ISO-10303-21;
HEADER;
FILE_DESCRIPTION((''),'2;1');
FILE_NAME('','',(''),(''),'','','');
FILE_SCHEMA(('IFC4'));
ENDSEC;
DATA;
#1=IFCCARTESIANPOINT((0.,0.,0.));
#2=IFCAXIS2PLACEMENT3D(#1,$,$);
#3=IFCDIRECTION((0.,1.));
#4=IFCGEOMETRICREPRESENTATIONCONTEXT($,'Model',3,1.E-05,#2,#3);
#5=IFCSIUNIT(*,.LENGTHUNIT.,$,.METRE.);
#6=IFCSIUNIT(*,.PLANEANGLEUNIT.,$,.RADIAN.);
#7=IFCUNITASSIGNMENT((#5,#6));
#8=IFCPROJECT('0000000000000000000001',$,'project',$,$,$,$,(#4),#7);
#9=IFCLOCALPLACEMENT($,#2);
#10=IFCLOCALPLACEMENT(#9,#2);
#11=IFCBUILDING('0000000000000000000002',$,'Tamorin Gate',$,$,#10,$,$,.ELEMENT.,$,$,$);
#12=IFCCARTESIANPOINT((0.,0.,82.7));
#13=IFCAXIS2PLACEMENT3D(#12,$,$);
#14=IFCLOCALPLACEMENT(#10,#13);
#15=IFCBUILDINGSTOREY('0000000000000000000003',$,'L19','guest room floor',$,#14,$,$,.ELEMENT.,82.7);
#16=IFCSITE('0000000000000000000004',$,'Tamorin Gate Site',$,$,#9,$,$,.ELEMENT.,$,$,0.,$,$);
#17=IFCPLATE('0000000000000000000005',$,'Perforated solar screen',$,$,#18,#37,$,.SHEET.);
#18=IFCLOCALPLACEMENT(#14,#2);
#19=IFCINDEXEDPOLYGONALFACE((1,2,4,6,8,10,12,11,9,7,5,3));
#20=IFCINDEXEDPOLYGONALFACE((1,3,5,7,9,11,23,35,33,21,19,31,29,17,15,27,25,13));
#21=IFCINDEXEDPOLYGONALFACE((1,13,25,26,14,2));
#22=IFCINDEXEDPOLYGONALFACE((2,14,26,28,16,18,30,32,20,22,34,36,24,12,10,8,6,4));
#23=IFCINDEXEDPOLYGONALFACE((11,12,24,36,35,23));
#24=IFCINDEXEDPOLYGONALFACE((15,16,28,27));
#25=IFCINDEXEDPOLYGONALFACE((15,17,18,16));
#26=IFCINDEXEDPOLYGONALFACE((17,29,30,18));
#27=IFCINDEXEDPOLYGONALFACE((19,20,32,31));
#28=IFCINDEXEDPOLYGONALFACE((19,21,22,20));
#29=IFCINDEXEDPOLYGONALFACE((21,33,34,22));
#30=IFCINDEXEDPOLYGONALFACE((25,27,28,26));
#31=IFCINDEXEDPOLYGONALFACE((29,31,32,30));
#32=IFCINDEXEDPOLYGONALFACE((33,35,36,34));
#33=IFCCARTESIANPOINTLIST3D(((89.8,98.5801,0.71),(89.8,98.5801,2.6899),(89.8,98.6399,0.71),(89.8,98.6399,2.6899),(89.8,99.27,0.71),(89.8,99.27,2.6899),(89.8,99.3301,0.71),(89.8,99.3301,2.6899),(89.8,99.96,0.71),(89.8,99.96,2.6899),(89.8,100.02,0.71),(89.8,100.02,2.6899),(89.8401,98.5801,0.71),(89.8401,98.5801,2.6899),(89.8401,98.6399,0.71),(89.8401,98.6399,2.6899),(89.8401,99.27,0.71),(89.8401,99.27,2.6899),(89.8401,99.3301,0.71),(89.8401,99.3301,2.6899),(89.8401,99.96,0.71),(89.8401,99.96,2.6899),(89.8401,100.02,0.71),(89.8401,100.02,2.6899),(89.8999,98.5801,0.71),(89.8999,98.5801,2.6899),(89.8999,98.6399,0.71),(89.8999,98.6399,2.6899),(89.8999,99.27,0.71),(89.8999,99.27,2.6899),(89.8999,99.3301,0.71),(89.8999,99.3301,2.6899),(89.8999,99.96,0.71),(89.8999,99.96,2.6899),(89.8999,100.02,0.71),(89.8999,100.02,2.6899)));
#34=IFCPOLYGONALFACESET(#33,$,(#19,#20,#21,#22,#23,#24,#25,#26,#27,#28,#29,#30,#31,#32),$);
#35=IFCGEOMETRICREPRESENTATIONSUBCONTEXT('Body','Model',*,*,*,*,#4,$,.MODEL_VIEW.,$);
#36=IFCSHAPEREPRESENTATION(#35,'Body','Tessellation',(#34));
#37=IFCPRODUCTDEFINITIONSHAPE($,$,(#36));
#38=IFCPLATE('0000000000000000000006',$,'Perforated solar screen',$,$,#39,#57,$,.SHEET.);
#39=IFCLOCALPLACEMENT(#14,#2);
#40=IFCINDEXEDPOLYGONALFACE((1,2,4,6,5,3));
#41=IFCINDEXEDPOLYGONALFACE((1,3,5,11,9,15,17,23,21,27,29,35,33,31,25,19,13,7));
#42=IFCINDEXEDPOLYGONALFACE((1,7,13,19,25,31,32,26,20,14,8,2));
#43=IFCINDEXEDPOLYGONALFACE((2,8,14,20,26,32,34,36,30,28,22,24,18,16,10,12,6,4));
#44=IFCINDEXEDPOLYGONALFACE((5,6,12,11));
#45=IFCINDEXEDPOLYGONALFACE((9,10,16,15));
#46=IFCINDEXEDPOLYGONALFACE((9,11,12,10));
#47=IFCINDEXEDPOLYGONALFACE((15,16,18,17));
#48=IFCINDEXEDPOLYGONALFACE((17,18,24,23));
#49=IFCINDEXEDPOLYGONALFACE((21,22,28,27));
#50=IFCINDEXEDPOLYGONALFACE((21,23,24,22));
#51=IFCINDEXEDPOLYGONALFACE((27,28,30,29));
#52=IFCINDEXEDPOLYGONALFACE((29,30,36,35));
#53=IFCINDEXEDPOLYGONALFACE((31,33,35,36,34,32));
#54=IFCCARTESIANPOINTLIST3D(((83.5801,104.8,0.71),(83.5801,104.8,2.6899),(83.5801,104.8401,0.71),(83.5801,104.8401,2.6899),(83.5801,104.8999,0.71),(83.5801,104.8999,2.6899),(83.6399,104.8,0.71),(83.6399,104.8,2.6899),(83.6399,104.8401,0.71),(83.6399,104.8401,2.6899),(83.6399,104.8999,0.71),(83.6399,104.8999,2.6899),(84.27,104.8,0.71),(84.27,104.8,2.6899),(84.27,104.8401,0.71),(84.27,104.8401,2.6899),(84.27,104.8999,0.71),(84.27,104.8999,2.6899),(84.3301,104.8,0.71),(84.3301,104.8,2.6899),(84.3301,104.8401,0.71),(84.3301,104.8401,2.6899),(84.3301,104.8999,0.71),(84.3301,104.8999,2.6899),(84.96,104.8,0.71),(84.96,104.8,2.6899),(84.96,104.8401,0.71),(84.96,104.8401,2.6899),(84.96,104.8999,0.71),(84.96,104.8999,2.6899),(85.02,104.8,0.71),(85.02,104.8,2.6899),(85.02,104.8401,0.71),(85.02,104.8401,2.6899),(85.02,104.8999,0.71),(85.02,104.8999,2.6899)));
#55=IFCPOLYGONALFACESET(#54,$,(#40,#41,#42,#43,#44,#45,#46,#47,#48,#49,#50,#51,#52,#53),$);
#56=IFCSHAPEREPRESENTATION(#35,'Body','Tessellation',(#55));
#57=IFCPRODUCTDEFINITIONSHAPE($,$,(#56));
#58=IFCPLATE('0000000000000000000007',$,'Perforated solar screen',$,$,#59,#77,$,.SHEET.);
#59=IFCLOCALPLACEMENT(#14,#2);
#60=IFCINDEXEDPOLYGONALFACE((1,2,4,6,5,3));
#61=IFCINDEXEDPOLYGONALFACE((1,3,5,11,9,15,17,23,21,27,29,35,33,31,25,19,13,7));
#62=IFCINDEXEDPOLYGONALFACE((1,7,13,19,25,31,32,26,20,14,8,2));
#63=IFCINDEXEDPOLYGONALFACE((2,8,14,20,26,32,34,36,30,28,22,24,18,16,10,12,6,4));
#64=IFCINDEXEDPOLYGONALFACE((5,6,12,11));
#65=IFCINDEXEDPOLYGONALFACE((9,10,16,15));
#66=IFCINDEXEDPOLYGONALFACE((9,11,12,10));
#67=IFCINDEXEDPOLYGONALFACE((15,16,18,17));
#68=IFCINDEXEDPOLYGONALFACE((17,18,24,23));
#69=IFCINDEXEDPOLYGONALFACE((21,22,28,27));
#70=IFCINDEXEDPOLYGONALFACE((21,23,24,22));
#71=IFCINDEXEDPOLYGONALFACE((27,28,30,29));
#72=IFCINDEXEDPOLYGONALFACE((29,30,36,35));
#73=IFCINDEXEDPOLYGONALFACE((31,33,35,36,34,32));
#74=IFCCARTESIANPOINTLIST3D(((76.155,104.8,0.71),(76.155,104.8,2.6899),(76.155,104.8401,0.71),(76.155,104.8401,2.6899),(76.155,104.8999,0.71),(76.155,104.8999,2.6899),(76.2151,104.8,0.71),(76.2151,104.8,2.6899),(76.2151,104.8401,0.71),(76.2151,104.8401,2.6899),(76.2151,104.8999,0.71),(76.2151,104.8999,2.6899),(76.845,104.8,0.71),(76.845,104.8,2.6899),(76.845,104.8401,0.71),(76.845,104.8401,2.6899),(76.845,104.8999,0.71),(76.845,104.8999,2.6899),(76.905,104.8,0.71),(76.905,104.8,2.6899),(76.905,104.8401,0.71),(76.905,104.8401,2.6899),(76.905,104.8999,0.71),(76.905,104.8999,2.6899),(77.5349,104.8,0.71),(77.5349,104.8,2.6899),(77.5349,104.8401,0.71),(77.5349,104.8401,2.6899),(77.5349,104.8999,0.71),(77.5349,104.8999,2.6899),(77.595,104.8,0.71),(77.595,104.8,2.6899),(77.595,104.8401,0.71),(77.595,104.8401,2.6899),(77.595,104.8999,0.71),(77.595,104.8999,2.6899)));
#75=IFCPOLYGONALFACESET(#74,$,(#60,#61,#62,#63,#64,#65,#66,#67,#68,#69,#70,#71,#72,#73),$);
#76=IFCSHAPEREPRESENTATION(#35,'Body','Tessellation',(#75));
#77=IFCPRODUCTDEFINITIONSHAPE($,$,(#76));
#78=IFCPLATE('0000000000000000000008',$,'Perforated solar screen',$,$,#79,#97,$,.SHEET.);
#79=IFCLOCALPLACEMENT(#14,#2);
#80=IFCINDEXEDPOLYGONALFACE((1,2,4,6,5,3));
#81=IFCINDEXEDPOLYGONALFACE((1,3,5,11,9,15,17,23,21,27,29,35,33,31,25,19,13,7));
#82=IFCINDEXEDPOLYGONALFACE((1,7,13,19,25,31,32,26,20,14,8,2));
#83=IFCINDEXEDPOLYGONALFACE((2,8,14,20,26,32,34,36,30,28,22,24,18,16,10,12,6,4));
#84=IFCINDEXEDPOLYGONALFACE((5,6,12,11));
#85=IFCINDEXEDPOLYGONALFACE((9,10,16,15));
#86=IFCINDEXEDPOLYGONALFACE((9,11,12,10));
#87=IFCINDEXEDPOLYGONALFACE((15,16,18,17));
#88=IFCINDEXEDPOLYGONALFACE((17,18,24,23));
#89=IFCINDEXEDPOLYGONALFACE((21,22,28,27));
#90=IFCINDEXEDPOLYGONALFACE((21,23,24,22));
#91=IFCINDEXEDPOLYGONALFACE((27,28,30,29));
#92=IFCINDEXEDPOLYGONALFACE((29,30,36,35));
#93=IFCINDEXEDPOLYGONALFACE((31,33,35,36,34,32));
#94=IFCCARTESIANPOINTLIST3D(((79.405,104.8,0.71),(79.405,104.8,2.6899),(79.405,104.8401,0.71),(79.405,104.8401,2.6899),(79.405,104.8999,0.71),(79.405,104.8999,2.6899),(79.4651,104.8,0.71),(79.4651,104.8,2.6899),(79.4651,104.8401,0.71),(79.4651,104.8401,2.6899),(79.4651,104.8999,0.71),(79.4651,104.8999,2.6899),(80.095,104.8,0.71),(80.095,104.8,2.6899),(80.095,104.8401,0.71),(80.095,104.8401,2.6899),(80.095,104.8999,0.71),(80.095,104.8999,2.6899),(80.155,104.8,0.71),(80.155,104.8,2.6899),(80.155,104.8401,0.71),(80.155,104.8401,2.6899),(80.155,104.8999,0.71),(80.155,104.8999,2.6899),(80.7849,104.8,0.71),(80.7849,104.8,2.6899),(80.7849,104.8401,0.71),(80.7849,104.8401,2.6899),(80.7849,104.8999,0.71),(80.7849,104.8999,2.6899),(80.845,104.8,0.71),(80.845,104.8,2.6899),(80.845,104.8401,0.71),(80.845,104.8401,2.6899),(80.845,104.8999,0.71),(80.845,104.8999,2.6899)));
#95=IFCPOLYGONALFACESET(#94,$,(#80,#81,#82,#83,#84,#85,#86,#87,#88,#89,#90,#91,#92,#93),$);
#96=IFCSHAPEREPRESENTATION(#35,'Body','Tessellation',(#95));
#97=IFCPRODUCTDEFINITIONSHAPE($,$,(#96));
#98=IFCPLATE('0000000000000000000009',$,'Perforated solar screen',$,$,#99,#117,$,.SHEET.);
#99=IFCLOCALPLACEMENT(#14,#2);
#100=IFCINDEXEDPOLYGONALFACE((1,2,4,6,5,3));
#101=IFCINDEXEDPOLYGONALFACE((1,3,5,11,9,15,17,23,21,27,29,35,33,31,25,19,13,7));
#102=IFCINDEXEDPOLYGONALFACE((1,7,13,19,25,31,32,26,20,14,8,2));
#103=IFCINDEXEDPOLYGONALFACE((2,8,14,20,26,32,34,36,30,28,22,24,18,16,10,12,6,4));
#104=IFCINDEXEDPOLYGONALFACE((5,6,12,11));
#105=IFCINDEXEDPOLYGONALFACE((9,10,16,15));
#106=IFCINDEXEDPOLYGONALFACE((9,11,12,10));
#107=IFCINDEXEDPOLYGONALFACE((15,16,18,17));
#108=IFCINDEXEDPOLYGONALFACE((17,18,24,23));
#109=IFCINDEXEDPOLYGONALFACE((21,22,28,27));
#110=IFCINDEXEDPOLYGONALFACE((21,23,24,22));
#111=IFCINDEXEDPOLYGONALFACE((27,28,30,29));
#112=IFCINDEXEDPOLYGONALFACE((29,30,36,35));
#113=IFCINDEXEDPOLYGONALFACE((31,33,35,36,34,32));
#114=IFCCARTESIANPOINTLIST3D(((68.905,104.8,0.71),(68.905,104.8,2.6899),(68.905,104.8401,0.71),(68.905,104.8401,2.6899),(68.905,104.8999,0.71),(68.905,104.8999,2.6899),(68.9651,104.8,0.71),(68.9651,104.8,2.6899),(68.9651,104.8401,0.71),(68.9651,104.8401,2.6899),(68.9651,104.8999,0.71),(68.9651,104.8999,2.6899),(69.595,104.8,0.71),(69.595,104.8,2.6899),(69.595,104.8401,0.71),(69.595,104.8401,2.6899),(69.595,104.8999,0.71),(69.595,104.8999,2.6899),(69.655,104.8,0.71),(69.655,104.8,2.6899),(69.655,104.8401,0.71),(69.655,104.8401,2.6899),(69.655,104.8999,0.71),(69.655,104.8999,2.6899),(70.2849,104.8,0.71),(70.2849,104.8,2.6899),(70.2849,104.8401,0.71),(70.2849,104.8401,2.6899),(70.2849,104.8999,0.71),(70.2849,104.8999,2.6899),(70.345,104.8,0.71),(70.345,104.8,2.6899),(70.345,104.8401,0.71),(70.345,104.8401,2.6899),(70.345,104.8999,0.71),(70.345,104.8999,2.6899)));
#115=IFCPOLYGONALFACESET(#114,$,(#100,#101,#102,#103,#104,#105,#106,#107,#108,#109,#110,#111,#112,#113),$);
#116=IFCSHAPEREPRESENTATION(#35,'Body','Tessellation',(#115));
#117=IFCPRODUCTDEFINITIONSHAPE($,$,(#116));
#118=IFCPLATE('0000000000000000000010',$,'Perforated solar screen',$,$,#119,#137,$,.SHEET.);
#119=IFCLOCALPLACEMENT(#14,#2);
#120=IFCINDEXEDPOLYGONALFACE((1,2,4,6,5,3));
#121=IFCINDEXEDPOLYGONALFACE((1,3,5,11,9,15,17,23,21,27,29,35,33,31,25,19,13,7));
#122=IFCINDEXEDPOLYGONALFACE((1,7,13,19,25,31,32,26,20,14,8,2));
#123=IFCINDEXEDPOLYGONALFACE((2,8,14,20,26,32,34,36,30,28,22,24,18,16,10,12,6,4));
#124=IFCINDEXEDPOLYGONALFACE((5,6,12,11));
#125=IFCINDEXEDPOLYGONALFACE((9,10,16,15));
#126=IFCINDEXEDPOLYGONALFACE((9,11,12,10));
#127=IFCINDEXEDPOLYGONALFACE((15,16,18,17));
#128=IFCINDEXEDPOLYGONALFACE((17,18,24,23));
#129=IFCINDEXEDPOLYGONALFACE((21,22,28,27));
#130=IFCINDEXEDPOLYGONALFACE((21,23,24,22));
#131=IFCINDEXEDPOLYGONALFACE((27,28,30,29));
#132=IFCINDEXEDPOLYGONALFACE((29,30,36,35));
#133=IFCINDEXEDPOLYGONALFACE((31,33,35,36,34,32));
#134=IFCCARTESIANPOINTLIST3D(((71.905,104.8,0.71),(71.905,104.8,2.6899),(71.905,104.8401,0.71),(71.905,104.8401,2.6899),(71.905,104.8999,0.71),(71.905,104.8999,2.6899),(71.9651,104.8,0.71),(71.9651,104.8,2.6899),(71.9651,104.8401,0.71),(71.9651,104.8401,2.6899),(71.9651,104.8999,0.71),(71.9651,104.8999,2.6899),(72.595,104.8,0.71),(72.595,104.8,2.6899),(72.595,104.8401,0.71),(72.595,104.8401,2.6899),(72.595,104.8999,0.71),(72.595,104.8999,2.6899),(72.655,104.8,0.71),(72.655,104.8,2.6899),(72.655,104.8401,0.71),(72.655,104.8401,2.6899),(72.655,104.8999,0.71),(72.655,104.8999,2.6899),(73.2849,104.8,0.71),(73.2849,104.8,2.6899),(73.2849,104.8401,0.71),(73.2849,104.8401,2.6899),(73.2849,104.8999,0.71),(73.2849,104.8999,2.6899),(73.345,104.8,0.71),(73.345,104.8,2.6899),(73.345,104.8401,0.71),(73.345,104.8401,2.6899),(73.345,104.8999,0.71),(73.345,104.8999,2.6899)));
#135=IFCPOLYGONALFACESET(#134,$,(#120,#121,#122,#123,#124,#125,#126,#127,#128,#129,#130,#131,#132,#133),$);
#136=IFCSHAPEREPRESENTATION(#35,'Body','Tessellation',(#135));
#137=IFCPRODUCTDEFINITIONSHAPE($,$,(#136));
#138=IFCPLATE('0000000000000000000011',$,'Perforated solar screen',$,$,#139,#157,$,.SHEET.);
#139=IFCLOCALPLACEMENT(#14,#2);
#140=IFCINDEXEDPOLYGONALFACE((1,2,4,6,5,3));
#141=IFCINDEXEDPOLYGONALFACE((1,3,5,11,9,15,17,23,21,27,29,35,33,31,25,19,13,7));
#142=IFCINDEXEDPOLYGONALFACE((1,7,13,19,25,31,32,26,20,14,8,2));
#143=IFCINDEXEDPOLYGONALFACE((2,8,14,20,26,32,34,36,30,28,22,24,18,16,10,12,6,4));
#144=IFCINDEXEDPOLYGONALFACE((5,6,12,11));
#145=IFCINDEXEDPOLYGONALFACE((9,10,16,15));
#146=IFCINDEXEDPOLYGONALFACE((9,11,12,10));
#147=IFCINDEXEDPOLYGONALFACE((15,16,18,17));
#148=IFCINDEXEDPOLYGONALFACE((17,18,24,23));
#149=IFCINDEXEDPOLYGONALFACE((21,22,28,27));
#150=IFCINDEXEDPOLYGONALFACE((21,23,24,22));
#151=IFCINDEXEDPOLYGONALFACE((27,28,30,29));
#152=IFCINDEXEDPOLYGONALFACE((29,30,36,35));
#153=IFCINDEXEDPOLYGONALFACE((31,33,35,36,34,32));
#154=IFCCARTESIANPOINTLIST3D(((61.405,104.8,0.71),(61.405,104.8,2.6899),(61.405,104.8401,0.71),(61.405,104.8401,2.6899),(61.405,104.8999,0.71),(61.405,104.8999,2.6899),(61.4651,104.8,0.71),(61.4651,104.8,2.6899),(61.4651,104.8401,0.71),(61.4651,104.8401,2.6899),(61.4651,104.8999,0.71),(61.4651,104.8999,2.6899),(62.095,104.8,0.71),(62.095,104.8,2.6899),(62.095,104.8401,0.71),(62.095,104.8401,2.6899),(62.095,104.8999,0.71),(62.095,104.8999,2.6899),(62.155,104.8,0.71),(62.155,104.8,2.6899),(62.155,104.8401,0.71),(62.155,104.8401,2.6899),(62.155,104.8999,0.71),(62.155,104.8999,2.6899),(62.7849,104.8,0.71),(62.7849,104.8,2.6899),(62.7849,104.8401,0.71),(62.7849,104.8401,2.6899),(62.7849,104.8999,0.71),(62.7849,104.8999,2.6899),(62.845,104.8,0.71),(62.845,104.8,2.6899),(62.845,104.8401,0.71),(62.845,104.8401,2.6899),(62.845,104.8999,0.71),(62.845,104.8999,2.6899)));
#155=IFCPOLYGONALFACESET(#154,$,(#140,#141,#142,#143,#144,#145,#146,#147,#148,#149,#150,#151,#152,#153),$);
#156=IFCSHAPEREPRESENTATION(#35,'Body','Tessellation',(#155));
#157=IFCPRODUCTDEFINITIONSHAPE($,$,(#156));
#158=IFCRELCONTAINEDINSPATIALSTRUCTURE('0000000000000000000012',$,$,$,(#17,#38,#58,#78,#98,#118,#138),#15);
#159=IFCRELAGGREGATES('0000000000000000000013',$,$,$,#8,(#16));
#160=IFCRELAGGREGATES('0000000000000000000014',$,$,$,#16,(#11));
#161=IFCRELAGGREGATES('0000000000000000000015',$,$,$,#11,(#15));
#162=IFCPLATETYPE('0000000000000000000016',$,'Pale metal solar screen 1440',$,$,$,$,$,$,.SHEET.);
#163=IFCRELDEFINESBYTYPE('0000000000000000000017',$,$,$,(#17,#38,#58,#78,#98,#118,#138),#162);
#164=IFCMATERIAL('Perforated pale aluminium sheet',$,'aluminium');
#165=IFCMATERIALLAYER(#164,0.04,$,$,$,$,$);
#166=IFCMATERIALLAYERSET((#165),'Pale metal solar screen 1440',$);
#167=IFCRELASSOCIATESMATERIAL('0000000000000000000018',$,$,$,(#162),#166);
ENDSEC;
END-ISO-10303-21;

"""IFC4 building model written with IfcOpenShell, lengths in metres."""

from ifc_helpers import new_model, si_unit, direction, frame, origin, place, context, subcontext, project, spatial, polyline, outline, extrude, material, layer, layer_set, type_object, element, save


model = new_model("IFC4")

# Units and contexts
model_context = context("Model", 3, precision=1e-05, world=origin(), true_north=direction((0.0, 1.0)))
body_context = subcontext(model_context, "Body", "Model", "MODEL_VIEW")
ifc_project = project(units=[si_unit("LENGTHUNIT", "METRE"), si_unit("PLANEANGLEUNIT", "RADIAN")], contexts=[model_context])

# Site, building, storey
site_placement = place(None, origin())
site = spatial("IfcSite", under=ifc_project, at=site_placement, Name="Tamorin Gate Site", CompositionType="ELEMENT", RefElevation=0.0)
building_placement = place(site_placement, origin())
building = spatial("IfcBuilding", under=site, at=building_placement, Name="Tamorin Gate", CompositionType="ELEMENT")
storey_placement = place(building_placement, frame((0.0, 0.0, 82.7)))
storey = spatial("IfcBuildingStorey", under=building, at=storey_placement, Name="L19", Description="guest room floor", CompositionType="ELEMENT", Elevation=82.7)

# Plates
ifc_material = material(Name="Perforated pale aluminium sheet", Category="aluminium")
ifc_layer = layer(ifc_material, 0.04)
ifc_layer_set = layer_set([ifc_layer], Name="Pale metal solar screen 1440")
plate_type = type_object("IfcPlateType", Name="Pale metal solar screen 1440", PredefinedType="SHEET", material=ifc_layer_set)
plate_1_placement = place(storey_placement, frame((0.0, 0.0, 0.71)))
element("IfcPlate", 1, at=plate_1_placement, inside=storey, type_object=plate_type, Name="Perforated solar screen", PredefinedType="SHEET", context=body_context, shape_type="SweptSolid", body=[
    extrude(outline(polyline([(89.8401, 98.5801), (89.8, 98.5801), (89.8, 98.6399), (89.8, 99.27), (89.8, 99.3301), (89.8, 99.96), (89.8, 100.02), (89.8401, 100.02), (89.8999, 100.02), (89.8999, 99.96), (89.8401, 99.96), (89.8401, 99.3301), (89.8999, 99.3301), (89.8999, 99.27), (89.8401, 99.27), (89.8401, 98.6399), (89.8999, 98.6399), (89.8999, 98.5801), (89.8401, 98.5801)])), origin(), (0.0, 0.0, 1.0), 1.98),
])
plate_2_placement = place(storey_placement, frame((0.0, 0.0, 0.71)))
element("IfcPlate", 2, at=plate_2_placement, inside=storey, type_object=plate_type, Name="Perforated solar screen", PredefinedType="SHEET", context=body_context, shape_type="SweptSolid", body=[
    extrude(outline(polyline([(85.02, 104.8401), (85.02, 104.8), (84.96, 104.8), (84.3301, 104.8), (84.27, 104.8), (83.6399, 104.8), (83.5801, 104.8), (83.5801, 104.8401), (83.5801, 104.8999), (83.6399, 104.8999), (83.6399, 104.8401), (84.27, 104.8401), (84.27, 104.8999), (84.3301, 104.8999), (84.3301, 104.8401), (84.96, 104.8401), (84.96, 104.8999), (85.02, 104.8999), (85.02, 104.8401)])), origin(), (0.0, 0.0, 1.0), 1.98),
])
plate_3_placement = place(storey_placement, frame((0.0, 0.0, 0.71)))
element("IfcPlate", 3, at=plate_3_placement, inside=storey, type_object=plate_type, Name="Perforated solar screen", PredefinedType="SHEET", context=body_context, shape_type="SweptSolid", body=[
    extrude(outline(polyline([(77.595, 104.8401), (77.595, 104.8), (77.5349, 104.8), (76.905, 104.8), (76.845, 104.8), (76.2151, 104.8), (76.155, 104.8), (76.155, 104.8401), (76.155, 104.8999), (76.2151, 104.8999), (76.2151, 104.8401), (76.845, 104.8401), (76.845, 104.8999), (76.905, 104.8999), (76.905, 104.8401), (77.5349, 104.8401), (77.5349, 104.8999), (77.595, 104.8999), (77.595, 104.8401)])), origin(), (0.0, 0.0, 1.0), 1.98),
])
plate_4_placement = place(storey_placement, frame((0.0, 0.0, 0.71)))
element("IfcPlate", 4, at=plate_4_placement, inside=storey, type_object=plate_type, Name="Perforated solar screen", PredefinedType="SHEET", context=body_context, shape_type="SweptSolid", body=[
    extrude(outline(polyline([(80.845, 104.8401), (80.845, 104.8), (80.7849, 104.8), (80.155, 104.8), (80.095, 104.8), (79.4651, 104.8), (79.405, 104.8), (79.405, 104.8), (79.405, 104.8401), (79.405, 104.8401), (79.405, 104.8999), (79.4651, 104.8999), (79.4651, 104.8401), (80.095, 104.8401), (80.095, 104.8999), (80.155, 104.8999), (80.155, 104.8401), (80.7849, 104.8401), (80.7849, 104.8999), (80.845, 104.8999), (80.845, 104.8401)])), origin(), (0.0, 0.0, 1.0), 1.98),
])
plate_5_placement = place(storey_placement, frame((0.0, 0.0, 0.71)))
element("IfcPlate", 5, at=plate_5_placement, inside=storey, type_object=plate_type, Name="Perforated solar screen", PredefinedType="SHEET", context=body_context, shape_type="SweptSolid", body=[
    extrude(outline(polyline([(70.345, 104.8401), (70.345, 104.8), (70.2849, 104.8), (69.655, 104.8), (69.595, 104.8), (68.9651, 104.8), (68.905, 104.8), (68.905, 104.8401), (68.905, 104.8999), (68.9651, 104.8999), (68.9651, 104.8401), (69.595, 104.8401), (69.595, 104.8999), (69.655, 104.8999), (69.655, 104.8401), (70.2849, 104.8401), (70.2849, 104.8999), (70.345, 104.8999), (70.345, 104.8401)])), origin(), (0.0, 0.0, 1.0), 1.98),
])
plate_6_placement = place(storey_placement, frame((0.0, 0.0, 0.71)))
element("IfcPlate", 6, at=plate_6_placement, inside=storey, type_object=plate_type, Name="Perforated solar screen", PredefinedType="SHEET", context=body_context, shape_type="SweptSolid", body=[
    extrude(outline(polyline([(73.345, 104.8401), (73.345, 104.8), (73.2849, 104.8), (72.655, 104.8), (72.595, 104.8), (71.9651, 104.8), (71.905, 104.8), (71.905, 104.8401), (71.905, 104.8999), (71.9651, 104.8999), (71.9651, 104.8401), (72.595, 104.8401), (72.595, 104.8999), (72.655, 104.8999), (72.655, 104.8401), (73.2849, 104.8401), (73.2849, 104.8999), (73.345, 104.8999), (73.345, 104.8401)])), origin(), (0.0, 0.0, 1.0), 1.98),
])
plate_7_placement = place(storey_placement, frame((0.0, 0.0, 0.71)))
element("IfcPlate", 7, at=plate_7_placement, inside=storey, type_object=plate_type, Name="Perforated solar screen", PredefinedType="SHEET", context=body_context, shape_type="SweptSolid", body=[
    extrude(outline(polyline([(62.845, 104.8401), (62.845, 104.8), (62.7849, 104.8), (62.155, 104.8), (62.095, 104.8), (61.4651, 104.8), (61.405, 104.8), (61.405, 104.8401), (61.405, 104.8999), (61.4651, 104.8999), (61.4651, 104.8401), (62.095, 104.8401), (62.095, 104.8999), (62.155, 104.8999), (62.155, 104.8401), (62.7849, 104.8401), (62.7849, 104.8999), (62.845, 104.8999), (62.845, 104.8401)])), origin(), (0.0, 0.0, 1.0), 1.98),
])

save(model, "model.ifc")
